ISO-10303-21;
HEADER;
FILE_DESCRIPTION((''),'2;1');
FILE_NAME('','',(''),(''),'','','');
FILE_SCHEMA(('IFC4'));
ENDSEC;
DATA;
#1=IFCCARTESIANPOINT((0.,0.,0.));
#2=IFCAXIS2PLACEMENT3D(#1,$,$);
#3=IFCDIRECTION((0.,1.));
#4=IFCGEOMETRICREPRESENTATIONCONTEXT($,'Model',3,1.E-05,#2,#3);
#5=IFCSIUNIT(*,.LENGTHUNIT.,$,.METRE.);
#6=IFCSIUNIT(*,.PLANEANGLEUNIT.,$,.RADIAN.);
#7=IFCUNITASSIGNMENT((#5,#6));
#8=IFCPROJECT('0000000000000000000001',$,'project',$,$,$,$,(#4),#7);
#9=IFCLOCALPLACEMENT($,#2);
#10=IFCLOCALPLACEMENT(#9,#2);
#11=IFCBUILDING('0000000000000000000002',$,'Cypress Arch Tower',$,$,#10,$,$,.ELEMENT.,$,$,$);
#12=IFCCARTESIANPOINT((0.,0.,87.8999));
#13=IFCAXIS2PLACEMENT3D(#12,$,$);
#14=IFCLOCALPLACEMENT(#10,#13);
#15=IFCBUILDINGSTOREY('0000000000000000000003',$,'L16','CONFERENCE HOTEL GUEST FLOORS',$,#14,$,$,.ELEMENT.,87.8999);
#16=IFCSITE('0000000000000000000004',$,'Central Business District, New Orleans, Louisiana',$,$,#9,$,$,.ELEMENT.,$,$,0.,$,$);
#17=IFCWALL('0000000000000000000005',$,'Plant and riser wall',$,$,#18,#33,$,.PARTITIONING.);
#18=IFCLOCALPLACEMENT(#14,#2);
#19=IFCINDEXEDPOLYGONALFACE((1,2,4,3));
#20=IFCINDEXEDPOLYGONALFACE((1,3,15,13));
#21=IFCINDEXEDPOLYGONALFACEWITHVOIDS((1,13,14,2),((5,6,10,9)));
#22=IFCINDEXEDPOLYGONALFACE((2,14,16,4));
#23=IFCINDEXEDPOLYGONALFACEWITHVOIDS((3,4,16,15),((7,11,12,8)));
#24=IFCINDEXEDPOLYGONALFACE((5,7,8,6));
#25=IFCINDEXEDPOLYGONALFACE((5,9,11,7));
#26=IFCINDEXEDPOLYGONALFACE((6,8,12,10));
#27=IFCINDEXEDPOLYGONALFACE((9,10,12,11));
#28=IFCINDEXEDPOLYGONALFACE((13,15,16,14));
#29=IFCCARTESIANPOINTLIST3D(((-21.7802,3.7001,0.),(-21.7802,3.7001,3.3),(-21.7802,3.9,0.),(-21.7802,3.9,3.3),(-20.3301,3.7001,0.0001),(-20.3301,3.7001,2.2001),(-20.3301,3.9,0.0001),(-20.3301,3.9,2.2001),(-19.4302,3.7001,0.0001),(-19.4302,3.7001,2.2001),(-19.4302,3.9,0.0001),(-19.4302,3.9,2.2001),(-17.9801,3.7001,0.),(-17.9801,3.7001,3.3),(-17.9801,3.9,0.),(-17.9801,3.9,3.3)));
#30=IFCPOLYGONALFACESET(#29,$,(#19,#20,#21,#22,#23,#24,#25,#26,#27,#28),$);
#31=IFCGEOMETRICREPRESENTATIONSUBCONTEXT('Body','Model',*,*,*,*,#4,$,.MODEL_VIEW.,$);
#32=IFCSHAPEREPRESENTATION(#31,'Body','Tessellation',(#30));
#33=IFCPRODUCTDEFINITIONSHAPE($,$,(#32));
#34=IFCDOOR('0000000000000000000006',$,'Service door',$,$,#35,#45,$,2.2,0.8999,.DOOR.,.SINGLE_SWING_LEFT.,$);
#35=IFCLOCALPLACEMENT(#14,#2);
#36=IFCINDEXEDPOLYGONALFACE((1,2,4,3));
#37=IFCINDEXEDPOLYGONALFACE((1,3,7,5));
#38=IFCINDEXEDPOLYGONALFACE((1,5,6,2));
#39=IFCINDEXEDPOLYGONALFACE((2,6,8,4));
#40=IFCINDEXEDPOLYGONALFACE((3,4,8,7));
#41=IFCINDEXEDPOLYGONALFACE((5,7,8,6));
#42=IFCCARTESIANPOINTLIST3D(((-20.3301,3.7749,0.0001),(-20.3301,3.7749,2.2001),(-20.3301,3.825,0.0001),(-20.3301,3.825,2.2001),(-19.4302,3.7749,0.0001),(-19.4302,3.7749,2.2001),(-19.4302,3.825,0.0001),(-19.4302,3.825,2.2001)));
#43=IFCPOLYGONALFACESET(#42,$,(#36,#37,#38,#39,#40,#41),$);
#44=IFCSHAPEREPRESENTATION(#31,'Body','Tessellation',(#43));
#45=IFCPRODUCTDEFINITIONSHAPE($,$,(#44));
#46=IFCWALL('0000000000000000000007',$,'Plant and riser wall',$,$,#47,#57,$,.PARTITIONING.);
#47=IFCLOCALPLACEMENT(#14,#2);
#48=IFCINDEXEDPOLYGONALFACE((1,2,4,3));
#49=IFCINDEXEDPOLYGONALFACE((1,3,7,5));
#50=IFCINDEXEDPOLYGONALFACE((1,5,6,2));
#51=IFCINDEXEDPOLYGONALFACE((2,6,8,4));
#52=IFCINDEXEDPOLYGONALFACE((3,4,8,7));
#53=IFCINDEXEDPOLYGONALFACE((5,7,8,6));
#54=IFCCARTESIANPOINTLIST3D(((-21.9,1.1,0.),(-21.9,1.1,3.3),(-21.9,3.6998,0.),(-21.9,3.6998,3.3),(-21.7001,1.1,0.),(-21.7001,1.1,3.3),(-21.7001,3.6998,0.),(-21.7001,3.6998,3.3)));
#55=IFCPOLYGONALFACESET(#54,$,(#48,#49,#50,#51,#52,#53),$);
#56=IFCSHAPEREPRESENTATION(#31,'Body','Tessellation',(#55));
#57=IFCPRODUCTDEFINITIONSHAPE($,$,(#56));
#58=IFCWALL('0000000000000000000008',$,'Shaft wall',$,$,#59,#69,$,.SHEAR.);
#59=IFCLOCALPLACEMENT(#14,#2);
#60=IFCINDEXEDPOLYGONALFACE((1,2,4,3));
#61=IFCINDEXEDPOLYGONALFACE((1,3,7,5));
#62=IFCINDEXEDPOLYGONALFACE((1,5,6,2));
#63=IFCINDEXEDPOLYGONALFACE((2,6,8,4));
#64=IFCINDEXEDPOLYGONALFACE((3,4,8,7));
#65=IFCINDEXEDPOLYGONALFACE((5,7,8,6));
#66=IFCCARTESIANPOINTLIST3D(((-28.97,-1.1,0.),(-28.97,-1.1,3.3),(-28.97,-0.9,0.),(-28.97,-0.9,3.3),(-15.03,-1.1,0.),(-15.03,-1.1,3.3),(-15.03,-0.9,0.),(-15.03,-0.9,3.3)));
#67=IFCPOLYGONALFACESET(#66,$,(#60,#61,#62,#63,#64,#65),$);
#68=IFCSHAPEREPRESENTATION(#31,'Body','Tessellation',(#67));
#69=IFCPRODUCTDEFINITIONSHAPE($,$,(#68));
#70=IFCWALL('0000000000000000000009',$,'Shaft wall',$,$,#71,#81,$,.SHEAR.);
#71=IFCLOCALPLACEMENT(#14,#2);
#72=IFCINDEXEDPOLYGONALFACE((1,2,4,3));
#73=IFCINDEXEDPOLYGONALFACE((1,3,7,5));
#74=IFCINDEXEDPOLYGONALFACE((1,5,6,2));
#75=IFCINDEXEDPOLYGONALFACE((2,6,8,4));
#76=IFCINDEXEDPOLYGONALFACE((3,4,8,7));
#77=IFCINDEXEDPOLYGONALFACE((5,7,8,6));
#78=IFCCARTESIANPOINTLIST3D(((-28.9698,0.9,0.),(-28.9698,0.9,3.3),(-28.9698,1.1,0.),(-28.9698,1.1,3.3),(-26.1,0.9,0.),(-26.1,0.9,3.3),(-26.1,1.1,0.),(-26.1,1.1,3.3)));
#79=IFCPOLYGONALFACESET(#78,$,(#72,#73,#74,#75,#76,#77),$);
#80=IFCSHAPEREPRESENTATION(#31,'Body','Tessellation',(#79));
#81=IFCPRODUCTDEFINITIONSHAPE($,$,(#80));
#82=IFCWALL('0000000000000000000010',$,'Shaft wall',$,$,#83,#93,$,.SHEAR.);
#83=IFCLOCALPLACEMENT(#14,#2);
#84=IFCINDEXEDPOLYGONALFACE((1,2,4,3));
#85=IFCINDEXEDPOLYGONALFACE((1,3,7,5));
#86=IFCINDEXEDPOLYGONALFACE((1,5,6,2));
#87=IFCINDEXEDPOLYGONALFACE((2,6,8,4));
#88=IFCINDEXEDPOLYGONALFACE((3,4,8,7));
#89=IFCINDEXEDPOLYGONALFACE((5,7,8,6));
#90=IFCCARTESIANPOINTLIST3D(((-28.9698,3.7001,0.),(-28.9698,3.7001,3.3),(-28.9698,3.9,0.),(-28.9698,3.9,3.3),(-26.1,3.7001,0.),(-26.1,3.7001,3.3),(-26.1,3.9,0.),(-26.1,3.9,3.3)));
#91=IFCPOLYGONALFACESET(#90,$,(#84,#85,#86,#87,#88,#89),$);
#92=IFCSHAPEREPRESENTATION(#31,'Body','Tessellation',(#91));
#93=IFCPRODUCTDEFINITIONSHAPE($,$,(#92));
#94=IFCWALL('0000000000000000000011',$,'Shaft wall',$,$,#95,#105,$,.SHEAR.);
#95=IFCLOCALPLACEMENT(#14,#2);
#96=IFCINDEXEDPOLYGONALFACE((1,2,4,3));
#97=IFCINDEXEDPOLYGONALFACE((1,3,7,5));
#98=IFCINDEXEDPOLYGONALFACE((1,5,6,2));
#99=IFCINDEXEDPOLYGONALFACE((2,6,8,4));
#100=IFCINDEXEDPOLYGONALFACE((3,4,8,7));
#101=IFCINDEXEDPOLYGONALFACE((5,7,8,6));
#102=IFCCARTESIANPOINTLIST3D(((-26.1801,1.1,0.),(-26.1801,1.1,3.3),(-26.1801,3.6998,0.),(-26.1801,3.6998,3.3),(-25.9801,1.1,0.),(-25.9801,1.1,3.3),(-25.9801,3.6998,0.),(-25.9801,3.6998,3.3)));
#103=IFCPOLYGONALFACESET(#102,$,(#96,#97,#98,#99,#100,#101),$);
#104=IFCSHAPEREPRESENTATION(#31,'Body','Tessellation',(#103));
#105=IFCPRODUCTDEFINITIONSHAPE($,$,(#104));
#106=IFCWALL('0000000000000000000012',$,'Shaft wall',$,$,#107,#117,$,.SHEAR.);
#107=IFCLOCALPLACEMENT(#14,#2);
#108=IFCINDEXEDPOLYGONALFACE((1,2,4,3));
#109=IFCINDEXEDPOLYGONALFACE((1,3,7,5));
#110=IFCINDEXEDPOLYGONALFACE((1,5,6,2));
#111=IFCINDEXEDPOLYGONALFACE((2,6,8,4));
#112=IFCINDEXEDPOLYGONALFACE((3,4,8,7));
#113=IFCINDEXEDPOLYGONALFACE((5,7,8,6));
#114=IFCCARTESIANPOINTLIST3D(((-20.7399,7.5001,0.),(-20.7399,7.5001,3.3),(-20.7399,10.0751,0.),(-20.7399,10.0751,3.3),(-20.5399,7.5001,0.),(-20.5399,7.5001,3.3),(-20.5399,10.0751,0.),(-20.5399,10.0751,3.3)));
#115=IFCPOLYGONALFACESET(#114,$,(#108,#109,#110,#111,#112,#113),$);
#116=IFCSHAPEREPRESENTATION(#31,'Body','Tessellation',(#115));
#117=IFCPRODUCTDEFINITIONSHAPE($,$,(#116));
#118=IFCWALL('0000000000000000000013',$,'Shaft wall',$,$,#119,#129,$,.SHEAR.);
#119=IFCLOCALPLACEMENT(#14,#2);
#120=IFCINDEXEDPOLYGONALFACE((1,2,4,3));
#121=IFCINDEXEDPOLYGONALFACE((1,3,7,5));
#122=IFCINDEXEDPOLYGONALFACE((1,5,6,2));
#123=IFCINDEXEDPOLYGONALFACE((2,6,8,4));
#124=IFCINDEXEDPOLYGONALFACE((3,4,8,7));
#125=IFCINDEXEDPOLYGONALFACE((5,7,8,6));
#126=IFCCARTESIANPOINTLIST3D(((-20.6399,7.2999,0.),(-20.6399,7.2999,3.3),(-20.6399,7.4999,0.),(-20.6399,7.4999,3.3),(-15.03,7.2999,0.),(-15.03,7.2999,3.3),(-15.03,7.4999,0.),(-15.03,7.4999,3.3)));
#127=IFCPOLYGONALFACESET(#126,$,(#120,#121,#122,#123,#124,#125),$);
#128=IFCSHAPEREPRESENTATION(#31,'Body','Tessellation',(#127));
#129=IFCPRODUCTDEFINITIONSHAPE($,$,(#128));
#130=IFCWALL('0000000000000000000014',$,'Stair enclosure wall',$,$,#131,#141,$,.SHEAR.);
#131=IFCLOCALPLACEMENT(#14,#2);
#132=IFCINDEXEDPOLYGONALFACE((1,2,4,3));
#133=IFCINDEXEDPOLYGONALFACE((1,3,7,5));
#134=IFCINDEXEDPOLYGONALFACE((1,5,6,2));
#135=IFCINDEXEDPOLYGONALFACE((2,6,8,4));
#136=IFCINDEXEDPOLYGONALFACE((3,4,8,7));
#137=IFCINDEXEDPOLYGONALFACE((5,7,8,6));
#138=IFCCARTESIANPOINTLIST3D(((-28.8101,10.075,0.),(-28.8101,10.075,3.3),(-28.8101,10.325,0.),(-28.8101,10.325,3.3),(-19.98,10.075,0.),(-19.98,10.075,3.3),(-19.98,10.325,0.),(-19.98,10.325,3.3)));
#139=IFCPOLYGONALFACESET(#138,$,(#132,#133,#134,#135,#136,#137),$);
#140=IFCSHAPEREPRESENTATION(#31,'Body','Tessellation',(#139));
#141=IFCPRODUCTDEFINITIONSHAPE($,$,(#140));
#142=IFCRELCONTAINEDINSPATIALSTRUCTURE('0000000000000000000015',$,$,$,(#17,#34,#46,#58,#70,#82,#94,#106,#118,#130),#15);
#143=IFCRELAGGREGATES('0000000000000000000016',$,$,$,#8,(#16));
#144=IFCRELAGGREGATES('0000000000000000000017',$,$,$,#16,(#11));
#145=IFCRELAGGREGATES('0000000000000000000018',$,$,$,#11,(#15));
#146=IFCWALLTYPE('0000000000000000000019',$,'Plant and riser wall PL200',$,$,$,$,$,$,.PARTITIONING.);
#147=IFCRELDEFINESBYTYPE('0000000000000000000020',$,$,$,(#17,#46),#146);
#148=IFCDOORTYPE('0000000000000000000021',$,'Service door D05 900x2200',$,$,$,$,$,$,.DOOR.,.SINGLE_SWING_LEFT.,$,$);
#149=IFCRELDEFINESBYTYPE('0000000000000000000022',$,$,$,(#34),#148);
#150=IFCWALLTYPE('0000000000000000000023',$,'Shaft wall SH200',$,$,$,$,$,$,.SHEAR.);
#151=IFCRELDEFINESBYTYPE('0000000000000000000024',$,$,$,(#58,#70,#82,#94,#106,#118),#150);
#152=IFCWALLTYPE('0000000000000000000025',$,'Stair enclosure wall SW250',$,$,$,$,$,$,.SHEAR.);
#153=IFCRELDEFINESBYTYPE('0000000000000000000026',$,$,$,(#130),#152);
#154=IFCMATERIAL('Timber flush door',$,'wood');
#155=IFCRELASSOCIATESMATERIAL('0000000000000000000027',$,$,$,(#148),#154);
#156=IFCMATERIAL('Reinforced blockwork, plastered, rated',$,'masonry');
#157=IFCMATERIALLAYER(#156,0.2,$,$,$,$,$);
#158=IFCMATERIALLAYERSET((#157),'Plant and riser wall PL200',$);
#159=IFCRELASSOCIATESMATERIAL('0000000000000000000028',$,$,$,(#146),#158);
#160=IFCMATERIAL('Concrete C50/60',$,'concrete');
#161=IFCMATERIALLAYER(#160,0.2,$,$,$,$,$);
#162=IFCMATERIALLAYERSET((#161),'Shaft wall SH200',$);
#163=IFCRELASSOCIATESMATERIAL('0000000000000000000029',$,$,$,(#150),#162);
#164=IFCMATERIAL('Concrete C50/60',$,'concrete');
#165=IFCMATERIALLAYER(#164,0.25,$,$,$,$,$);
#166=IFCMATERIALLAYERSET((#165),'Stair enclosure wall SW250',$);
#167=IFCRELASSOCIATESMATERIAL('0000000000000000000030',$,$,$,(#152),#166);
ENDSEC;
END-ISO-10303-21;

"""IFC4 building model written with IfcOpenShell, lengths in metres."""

from ifc_helpers import new_model, si_unit, direction, frame, frame_2d, origin, place, context, subcontext, project, spatial, rectangle, extrude, material, layer, layer_set, type_object, element, fill, save


model = new_model("IFC4")

# Units and contexts
model_context = context("Model", 3, precision=1e-05, world=origin(), true_north=direction((0.0, 1.0)))
body_context = subcontext(model_context, "Body", "Model", "MODEL_VIEW")
ifc_project = project(units=[si_unit("LENGTHUNIT", "METRE"), si_unit("PLANEANGLEUNIT", "RADIAN")], contexts=[model_context])

# Site, building, storey
site_placement = place(None, origin())
site = spatial("IfcSite", under=ifc_project, at=site_placement, Name="Central Business District, New Orleans, Louisiana", CompositionType="ELEMENT", RefElevation=0.0)
building_placement = place(site_placement, origin())
building = spatial("IfcBuilding", under=site, at=building_placement, Name="Cypress Arch Tower", CompositionType="ELEMENT")
storey_placement = place(building_placement, frame((0.0, 0.0, 87.8999)))
storey = spatial("IfcBuildingStorey", under=building, at=storey_placement, Name="L16", Description="CONFERENCE HOTEL GUEST FLOORS", CompositionType="ELEMENT", Elevation=87.8999)

# Shared definitions
ifc_material_1 = material(Name="Timber flush door", Category="wood")
door_type_1 = type_object("IfcDoorType", Name="Service door D05 900x2200", OperationType="SINGLE_SWING_LEFT", PredefinedType="DOOR", material=ifc_material_1)
ifc_material_2 = material(Name="Reinforced blockwork, plastered, rated", Category="masonry")
ifc_layer_1 = layer(ifc_material_2, 0.2)
ifc_layer_set_1 = layer_set([ifc_layer_1], Name="Plant and riser wall PL200")
wall_type_1 = type_object("IfcWallType", Name="Plant and riser wall PL200", PredefinedType="PARTITIONING", material=ifc_layer_set_1)

# Wall, opening, door
wall_1_placement = place(storey_placement, frame((-21.78, 3.8, 0.0), z_axis=(0.0, 0.0, 1.0), x_axis=(1.0, 0.0, 0.0)))
wall_1 = element("IfcWall", 1, at=wall_1_placement, inside=storey, type_object=wall_type_1, Name="Plant and riser wall", PredefinedType="PARTITIONING", context=body_context, shape_type="SweptSolid", body=[
    extrude(rectangle(XDim=3.8, YDim=0.2, at=frame_2d((1.8999, 0.0))), origin(), (0.0, 0.0, 1.0), 3.3),
])
opening_1_placement = place(wall_1_placement, frame((1.45, 0.0, 0.0)))
opening_1 = element("IfcOpeningElement", 2, at=opening_1_placement, cuts=wall_1, PredefinedType="OPENING", context=body_context, shape_type="SweptSolid", body=[
    extrude(rectangle(XDim=0.8999, YDim=2.2, at=frame_2d((0.45, 1.1001))), frame((0.0, 0.1099, 0.0), z_axis=(0.0, -1.0, 0.0), x_axis=(1.0, 0.0, 0.0)), (0.0, 0.0, 1.0), 0.22),
])
door_1_placement = place(opening_1_placement, origin())
door_1 = element("IfcDoor", 3, at=door_1_placement, inside=storey, type_object=door_type_1, Name="Service door", OperationType="SINGLE_SWING_LEFT", OverallHeight=2.2, OverallWidth=0.8999, PredefinedType="DOOR", context=body_context, shape_type="SweptSolid", body=[
    extrude(rectangle(XDim=0.8999, YDim=2.2, at=frame_2d((0.45, 1.1001))), frame((0.0, 0.0249, 0.0), z_axis=(0.0, -1.0, 0.0), x_axis=(1.0, 0.0, 0.0)), (0.0, 0.0, 1.0), 0.05),
])
fill(opening_1, door_1)

# Walls
wall_2_placement = place(storey_placement, frame((-21.8, 1.1001, 0.0), z_axis=(0.0, 0.0, 1.0), x_axis=(0.0, 1.0, 0.0)))
element("IfcWall", 4, at=wall_2_placement, inside=storey, type_object=wall_type_1, Name="Plant and riser wall", PredefinedType="PARTITIONING", context=body_context, shape_type="SweptSolid", body=[
    extrude(rectangle(XDim=2.5999, YDim=0.2, at=frame_2d((1.2998, 0.0))), origin(), (0.0, 0.0, 1.0), 3.3),
])
ifc_material_3 = material(Name="Concrete C50/60", Category="concrete")
ifc_layer_2 = layer(ifc_material_3, 0.2)
ifc_layer_set_2 = layer_set([ifc_layer_2], Name="Shaft wall SH200")
wall_type_2 = type_object("IfcWallType", Name="Shaft wall SH200", PredefinedType="SHEAR", material=ifc_layer_set_2)
wall_3_placement = place(storey_placement, frame((-28.97, -1.0, 0.0), z_axis=(0.0, 0.0, 1.0), x_axis=(1.0, 0.0, 0.0)))
element("IfcWall", 5, at=wall_3_placement, inside=storey, type_object=wall_type_2, Name="Shaft wall", PredefinedType="SHEAR", context=body_context, shape_type="SweptSolid", body=[
    extrude(rectangle(XDim=13.9399, YDim=0.2, at=frame_2d((6.97, 0.0))), origin(), (0.0, 0.0, 1.0), 3.3),
])
for number, where, z_axis, x_axis, name in (
    (6, (-28.97, 1.0, 0.0), (0.0, 0.0, 1.0), (1.0, 0.0, 0.0), "Shaft wall"),
    (7, (-28.97, 3.8, 0.0), (0.0, 0.0, 1.0), (1.0, 0.0, 0.0), "Shaft wall"),
):
    element("IfcWall", number, at=place(storey_placement, frame(where, z_axis=z_axis, x_axis=x_axis)), inside=storey, type_object=wall_type_2, Name=name, PredefinedType="SHEAR", context=body_context, shape_type="SweptSolid", body=[
        extrude(rectangle(XDim=2.8699, YDim=0.2, at=frame_2d((1.4351, 0.0))), origin(), (0.0, 0.0, 1.0), 3.3),
    ])
wall_4_placement = place(storey_placement, frame((-26.0801, 1.1001, 0.0), z_axis=(0.0, 0.0, 1.0), x_axis=(0.0, 1.0, 0.0)))
element("IfcWall", 8, at=wall_4_placement, inside=storey, type_object=wall_type_2, Name="Shaft wall", PredefinedType="SHEAR", context=body_context, shape_type="SweptSolid", body=[
    extrude(rectangle(XDim=2.5999, YDim=0.2, at=frame_2d((1.2998, 0.0))), origin(), (0.0, 0.0, 1.0), 3.3),
])
wall_5_placement = place(storey_placement, frame((-20.6399, 7.5, 0.0), z_axis=(0.0, 0.0, 1.0), x_axis=(0.0, 1.0, 0.0)))
element("IfcWall", 9, at=wall_5_placement, inside=storey, type_object=wall_type_2, Name="Shaft wall", PredefinedType="SHEAR", context=body_context, shape_type="SweptSolid", body=[
    extrude(rectangle(XDim=2.575, YDim=0.2, at=frame_2d((1.2876, 0.0))), origin(), (0.0, 0.0, 1.0), 3.3),
])
wall_6_placement = place(storey_placement, frame((-20.6399, 7.3999, 0.0), z_axis=(0.0, 0.0, 1.0), x_axis=(1.0, 0.0, 0.0)))
element("IfcWall", 10, at=wall_6_placement, inside=storey, type_object=wall_type_2, Name="Shaft wall", PredefinedType="SHEAR", context=body_context, shape_type="SweptSolid", body=[
    extrude(rectangle(XDim=5.6099, YDim=0.2, at=frame_2d((2.8049, 0.0))), origin(), (0.0, 0.0, 1.0), 3.3),
])
ifc_material_4 = material(Name="Concrete C50/60", Category="concrete")
ifc_layer_3 = layer(ifc_material_4, 0.25)
ifc_layer_set_3 = layer_set([ifc_layer_3], Name="Stair enclosure wall SW250")
wall_type_3 = type_object("IfcWallType", Name="Stair enclosure wall SW250", PredefinedType="SHEAR", material=ifc_layer_set_3)
wall_7_placement = place(storey_placement, frame((-28.8101, 10.2, 0.0), z_axis=(0.0, 0.0, 1.0), x_axis=(1.0, 0.0, 0.0)))
element("IfcWall", 11, at=wall_7_placement, inside=storey, type_object=wall_type_3, Name="Stair enclosure wall", PredefinedType="SHEAR", context=body_context, shape_type="SweptSolid", body=[
    extrude(rectangle(XDim=8.8301, YDim=0.25, at=frame_2d((4.415, 0.0))), origin(), (0.0, 0.0, 1.0), 3.3),
])

save(model, "model.ifc")
